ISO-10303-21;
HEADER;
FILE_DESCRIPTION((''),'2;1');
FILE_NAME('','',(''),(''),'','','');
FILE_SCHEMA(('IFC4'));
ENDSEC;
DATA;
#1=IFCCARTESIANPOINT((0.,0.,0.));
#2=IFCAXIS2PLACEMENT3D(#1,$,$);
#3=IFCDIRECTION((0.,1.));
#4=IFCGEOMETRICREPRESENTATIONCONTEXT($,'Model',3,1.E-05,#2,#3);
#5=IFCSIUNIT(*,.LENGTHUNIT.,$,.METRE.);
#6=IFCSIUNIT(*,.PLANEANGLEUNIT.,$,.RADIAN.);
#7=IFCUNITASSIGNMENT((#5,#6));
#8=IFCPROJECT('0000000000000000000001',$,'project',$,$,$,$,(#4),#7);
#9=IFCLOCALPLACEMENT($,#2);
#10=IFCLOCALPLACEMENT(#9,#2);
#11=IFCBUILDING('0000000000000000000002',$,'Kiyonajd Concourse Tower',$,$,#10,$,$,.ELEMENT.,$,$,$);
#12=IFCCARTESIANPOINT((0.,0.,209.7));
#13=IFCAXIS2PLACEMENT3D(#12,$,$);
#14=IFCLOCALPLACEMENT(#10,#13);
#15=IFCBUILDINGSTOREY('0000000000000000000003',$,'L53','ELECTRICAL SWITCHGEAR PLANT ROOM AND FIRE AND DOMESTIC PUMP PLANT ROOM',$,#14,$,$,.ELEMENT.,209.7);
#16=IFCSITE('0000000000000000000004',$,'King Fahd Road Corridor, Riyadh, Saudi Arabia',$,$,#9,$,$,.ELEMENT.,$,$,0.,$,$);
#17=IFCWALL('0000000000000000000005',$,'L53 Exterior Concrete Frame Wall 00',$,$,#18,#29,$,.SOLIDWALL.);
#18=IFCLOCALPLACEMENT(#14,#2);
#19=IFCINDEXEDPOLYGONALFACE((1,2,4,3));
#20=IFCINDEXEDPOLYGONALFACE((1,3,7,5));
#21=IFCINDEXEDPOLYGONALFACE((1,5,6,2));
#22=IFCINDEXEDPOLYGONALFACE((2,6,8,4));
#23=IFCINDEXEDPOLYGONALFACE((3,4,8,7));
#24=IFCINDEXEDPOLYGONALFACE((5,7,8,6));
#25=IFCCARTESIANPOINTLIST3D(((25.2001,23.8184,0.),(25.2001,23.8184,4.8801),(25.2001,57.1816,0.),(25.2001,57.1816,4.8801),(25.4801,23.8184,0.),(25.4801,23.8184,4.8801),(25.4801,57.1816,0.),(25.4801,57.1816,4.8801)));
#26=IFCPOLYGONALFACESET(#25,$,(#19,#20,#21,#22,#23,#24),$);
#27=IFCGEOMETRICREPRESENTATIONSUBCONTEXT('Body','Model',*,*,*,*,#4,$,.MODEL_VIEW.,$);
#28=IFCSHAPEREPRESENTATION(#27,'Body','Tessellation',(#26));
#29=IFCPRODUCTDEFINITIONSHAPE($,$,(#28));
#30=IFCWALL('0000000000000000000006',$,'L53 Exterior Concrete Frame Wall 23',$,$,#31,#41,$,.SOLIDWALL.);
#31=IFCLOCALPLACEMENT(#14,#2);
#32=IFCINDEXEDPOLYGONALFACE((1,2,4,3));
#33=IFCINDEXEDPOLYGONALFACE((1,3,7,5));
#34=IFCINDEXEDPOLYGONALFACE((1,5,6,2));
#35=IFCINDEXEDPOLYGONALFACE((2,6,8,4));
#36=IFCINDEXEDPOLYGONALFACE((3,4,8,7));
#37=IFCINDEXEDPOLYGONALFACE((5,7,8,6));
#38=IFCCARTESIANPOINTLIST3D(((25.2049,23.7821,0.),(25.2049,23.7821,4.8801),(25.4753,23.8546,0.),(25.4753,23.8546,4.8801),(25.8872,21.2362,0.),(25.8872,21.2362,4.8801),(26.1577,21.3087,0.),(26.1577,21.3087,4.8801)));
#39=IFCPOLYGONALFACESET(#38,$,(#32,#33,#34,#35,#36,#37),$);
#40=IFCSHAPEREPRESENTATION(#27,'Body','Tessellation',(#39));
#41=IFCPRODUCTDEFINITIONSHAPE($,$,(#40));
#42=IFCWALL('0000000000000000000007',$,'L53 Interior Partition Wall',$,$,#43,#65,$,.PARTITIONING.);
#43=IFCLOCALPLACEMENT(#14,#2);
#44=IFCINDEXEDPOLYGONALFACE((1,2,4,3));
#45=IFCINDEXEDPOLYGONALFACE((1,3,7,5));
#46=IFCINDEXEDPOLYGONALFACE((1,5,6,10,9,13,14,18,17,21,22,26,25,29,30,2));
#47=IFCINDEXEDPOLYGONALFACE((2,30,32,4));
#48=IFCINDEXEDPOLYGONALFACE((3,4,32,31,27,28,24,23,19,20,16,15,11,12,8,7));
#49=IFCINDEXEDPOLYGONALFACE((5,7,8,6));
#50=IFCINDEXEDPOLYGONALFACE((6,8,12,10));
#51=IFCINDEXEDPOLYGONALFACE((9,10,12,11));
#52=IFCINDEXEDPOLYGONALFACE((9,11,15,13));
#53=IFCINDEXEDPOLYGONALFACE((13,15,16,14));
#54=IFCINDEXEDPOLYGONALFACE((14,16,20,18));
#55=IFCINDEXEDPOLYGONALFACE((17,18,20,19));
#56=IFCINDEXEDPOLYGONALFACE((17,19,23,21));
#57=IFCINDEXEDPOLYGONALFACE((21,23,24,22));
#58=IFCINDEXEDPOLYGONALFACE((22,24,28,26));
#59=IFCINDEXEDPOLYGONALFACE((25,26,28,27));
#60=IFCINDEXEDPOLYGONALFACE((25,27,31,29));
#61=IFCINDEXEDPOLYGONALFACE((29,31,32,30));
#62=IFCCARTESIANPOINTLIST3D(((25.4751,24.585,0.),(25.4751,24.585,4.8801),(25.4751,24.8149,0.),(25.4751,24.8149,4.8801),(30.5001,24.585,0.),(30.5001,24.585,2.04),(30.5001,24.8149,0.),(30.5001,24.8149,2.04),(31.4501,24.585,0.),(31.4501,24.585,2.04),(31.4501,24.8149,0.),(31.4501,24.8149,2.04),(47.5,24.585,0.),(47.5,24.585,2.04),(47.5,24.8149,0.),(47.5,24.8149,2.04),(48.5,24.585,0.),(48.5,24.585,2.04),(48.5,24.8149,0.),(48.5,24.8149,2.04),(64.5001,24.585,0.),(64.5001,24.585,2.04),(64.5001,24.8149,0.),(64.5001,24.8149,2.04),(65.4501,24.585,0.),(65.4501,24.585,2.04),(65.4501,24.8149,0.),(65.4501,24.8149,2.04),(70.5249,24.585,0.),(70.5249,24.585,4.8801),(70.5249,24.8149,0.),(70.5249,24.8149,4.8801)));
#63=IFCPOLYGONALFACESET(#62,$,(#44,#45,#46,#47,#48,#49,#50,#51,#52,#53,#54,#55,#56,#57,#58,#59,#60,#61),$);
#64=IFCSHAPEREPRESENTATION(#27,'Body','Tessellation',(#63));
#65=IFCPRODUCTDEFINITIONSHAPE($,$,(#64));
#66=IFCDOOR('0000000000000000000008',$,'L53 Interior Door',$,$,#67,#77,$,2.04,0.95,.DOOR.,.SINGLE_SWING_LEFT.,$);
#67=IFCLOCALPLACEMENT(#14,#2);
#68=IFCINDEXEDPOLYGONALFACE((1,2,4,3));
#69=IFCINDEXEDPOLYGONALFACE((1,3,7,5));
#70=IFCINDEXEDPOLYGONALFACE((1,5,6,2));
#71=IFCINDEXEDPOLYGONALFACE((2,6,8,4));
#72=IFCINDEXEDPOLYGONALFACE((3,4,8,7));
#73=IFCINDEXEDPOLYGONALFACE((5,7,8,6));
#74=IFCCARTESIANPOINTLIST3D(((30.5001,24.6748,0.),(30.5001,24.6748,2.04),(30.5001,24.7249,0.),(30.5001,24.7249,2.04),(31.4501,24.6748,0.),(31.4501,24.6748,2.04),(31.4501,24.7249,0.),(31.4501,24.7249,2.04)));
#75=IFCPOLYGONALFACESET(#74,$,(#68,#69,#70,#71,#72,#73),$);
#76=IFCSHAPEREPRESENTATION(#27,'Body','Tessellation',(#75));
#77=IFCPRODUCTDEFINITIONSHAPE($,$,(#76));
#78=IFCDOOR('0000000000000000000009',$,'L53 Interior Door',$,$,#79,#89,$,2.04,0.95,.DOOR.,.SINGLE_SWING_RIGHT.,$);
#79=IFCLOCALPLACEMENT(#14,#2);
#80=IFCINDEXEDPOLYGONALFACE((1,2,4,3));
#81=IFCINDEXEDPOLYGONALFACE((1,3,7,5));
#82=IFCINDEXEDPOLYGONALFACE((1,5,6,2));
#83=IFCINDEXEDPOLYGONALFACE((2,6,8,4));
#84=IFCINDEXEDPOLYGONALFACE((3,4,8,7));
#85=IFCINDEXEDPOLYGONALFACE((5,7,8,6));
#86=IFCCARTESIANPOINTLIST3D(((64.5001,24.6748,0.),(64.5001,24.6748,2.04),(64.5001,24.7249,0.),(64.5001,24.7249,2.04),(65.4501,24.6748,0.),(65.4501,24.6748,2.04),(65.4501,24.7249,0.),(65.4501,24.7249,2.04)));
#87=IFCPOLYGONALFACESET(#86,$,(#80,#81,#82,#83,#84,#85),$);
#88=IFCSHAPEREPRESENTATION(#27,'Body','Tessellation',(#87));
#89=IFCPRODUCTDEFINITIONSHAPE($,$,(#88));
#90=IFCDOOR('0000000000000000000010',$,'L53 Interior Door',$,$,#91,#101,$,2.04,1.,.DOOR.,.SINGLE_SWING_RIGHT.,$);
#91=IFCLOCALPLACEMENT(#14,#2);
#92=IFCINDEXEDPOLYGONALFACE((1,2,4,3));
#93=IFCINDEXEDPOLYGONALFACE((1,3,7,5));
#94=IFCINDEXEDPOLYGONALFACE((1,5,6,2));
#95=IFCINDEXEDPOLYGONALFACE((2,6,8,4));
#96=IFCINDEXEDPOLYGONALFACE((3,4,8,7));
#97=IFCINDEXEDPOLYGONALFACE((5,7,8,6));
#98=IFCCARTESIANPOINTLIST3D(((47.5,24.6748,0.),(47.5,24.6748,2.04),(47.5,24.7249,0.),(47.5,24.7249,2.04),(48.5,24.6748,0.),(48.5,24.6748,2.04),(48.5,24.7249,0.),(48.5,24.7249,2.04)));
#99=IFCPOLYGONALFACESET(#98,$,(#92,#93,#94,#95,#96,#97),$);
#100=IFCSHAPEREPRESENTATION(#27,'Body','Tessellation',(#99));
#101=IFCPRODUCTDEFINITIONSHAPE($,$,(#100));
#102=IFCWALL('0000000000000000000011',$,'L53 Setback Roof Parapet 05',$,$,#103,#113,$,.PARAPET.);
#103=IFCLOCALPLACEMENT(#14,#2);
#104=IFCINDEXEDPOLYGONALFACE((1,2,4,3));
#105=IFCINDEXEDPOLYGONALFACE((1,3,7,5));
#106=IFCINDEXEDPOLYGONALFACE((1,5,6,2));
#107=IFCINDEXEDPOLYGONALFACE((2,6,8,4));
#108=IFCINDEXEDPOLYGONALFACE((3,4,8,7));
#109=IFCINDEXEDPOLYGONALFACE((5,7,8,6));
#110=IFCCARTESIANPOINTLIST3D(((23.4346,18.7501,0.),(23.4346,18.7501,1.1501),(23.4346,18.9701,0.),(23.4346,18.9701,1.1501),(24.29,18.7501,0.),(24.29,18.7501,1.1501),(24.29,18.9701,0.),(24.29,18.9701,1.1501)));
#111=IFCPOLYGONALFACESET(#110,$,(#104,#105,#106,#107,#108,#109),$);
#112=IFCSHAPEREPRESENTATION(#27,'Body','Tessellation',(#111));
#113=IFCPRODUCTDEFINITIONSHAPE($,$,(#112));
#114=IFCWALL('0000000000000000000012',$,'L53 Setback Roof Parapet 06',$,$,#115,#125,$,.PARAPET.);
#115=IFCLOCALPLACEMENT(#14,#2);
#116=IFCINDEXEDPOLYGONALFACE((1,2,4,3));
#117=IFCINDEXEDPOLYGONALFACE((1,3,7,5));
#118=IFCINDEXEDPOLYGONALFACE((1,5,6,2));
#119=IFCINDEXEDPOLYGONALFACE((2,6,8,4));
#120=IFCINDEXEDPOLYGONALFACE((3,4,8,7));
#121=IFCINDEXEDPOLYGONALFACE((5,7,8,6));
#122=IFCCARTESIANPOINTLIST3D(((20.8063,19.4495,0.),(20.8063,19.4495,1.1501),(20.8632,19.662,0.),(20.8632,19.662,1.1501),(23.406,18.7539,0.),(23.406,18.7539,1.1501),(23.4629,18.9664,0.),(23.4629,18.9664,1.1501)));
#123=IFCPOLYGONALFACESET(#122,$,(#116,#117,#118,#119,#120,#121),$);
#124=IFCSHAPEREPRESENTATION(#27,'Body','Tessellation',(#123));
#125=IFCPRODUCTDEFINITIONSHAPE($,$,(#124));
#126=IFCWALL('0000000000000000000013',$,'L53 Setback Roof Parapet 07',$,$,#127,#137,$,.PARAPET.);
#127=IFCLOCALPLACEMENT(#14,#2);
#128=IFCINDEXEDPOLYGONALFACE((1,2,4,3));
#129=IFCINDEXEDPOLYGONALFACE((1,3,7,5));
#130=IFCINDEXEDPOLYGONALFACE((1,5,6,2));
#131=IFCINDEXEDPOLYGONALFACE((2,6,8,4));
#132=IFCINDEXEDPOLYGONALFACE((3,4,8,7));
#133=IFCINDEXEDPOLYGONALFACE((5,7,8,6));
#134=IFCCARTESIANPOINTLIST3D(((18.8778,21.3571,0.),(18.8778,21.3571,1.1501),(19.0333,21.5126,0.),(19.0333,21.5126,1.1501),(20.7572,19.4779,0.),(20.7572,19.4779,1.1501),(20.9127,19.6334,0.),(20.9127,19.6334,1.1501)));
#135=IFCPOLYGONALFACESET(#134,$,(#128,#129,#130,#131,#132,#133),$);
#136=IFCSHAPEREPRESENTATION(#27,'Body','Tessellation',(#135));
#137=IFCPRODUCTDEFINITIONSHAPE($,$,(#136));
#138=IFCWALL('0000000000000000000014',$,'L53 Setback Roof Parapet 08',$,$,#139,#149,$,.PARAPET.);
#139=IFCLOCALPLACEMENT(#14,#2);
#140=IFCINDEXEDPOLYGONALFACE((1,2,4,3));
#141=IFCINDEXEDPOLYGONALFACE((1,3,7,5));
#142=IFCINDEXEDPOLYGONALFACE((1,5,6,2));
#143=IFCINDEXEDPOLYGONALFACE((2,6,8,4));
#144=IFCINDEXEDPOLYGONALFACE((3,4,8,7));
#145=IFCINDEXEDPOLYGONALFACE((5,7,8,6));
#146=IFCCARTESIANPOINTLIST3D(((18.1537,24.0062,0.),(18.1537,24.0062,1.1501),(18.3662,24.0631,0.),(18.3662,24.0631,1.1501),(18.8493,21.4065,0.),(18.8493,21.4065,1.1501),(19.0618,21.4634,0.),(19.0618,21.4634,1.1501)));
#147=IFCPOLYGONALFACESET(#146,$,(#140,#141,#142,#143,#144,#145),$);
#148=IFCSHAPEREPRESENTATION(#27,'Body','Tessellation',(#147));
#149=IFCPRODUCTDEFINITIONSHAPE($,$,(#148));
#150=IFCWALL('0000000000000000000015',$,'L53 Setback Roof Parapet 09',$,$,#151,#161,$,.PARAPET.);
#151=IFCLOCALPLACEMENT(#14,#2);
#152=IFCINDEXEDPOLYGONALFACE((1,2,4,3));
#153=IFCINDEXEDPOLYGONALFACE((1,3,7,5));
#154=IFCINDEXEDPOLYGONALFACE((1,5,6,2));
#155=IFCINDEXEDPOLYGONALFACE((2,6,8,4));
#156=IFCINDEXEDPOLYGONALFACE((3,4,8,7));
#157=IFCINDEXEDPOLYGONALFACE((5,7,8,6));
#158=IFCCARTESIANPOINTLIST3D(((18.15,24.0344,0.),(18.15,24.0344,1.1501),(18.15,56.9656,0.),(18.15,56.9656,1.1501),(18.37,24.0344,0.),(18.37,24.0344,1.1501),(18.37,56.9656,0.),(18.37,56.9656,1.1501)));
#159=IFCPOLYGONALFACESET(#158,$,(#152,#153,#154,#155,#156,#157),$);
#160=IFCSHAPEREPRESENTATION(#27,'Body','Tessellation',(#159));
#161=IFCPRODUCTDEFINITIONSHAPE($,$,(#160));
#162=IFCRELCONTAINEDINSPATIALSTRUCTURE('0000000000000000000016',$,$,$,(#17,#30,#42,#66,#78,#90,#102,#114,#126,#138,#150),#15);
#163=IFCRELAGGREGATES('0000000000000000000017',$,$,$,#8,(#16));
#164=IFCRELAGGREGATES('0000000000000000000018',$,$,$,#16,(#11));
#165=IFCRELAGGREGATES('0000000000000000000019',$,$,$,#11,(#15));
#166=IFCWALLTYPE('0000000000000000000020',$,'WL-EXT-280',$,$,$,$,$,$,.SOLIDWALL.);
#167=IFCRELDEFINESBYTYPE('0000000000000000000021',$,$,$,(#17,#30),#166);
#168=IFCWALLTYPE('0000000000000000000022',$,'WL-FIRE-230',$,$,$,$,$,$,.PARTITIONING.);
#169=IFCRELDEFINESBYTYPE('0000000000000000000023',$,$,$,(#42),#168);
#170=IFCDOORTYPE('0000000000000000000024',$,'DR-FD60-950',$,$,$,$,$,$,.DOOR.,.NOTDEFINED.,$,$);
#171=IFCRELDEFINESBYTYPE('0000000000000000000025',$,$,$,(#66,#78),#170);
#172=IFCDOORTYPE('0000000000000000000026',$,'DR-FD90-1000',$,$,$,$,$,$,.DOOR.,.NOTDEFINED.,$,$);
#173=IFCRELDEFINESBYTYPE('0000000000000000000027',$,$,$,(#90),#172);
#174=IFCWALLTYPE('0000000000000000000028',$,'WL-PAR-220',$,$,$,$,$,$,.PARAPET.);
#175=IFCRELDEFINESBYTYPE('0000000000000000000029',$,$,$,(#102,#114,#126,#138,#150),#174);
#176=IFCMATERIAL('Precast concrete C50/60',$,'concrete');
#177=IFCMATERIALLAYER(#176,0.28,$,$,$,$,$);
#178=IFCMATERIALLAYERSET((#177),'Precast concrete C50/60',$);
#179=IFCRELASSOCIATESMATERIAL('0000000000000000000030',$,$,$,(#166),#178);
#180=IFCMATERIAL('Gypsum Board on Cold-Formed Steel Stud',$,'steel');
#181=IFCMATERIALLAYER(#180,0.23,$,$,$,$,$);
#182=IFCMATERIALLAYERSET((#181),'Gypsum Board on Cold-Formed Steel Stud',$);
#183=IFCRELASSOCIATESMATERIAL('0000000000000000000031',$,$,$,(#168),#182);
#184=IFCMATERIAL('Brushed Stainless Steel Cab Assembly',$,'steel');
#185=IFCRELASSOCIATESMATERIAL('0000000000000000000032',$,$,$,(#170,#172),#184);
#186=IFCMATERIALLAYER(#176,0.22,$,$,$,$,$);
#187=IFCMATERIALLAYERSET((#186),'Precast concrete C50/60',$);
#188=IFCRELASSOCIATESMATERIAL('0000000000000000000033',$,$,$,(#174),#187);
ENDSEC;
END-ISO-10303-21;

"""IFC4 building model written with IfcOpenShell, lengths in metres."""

from ifc_helpers import new_model, si_unit, direction, frame, frame_2d, origin, place, context, subcontext, project, spatial, rectangle, extrude, material, layer, layer_set, type_object, element, fill, save


model = new_model("IFC4")

# Units and contexts
model_context = context("Model", 3, precision=1e-05, world=origin(), true_north=direction((0.0, 1.0)))
body_context = subcontext(model_context, "Body", "Model", "MODEL_VIEW")
ifc_project = project(units=[si_unit("LENGTHUNIT", "METRE"), si_unit("PLANEANGLEUNIT", "RADIAN")], contexts=[model_context])

# Site, building, storey
site_placement = place(None, origin())
site = spatial("IfcSite", under=ifc_project, at=site_placement, Name="King Fahd Road Corridor, Riyadh, Saudi Arabia", CompositionType="ELEMENT", RefElevation=0.0)
building_placement = place(site_placement, origin())
building = spatial("IfcBuilding", under=site, at=building_placement, Name="Kiyonajd Concourse Tower", CompositionType="ELEMENT")
storey_placement = place(building_placement, frame((0.0, 0.0, 209.7)))
storey = spatial("IfcBuildingStorey", under=building, at=storey_placement, Name="L53", Description="ELECTRICAL SWITCHGEAR PLANT ROOM AND FIRE AND DOMESTIC PUMP PLANT ROOM", CompositionType="ELEMENT", Elevation=209.7)

# Walls
ifc_material_1 = material(Name="Precast concrete C50/60", Category="concrete")
ifc_layer_1 = layer(ifc_material_1, 0.28)
ifc_layer_set_1 = layer_set([ifc_layer_1], Name="Precast concrete C50/60")
wall_type_1 = type_object("IfcWallType", Name="WL-EXT-280", PredefinedType="SOLIDWALL", material=ifc_layer_set_1)
wall_1_placement = place(storey_placement, frame((25.3401, 23.8184, 0.0), z_axis=(0.0, 0.0, 1.0), x_axis=(0.0, 1.0, 0.0)))
element("IfcWall", 1, at=wall_1_placement, inside=storey, type_object=wall_type_1, Name="L53 Exterior Concrete Frame Wall 00", PredefinedType="SOLIDWALL", context=body_context, shape_type="SweptSolid", body=[
    extrude(rectangle(XDim=33.3633, YDim=0.28, at=frame_2d((16.6816, 0.0))), origin(), (0.0, 0.0, 1.0), 4.8801),
])
wall_2_placement = place(storey_placement, frame((26.0225, 21.2725, 0.0), z_axis=(0.0, 0.0, 1.0), x_axis=(-0.25889, 0.965907, 0.0)))
element("IfcWall", 2, at=wall_2_placement, inside=storey, type_object=wall_type_1, Name="L53 Exterior Concrete Frame Wall 23", PredefinedType="SOLIDWALL", context=body_context, shape_type="SweptSolid", body=[
    extrude(rectangle(XDim=2.6357, YDim=0.28, at=frame_2d((1.3179, 0.0))), origin(), (0.0, 0.0, 1.0), 4.8801),
])

# Wall, openings, doors
ifc_material_2 = material(Name="Gypsum Board on Cold-Formed Steel Stud", Category="steel")
ifc_layer_2 = layer(ifc_material_2, 0.23)
ifc_layer_set_2 = layer_set([ifc_layer_2], Name="Gypsum Board on Cold-Formed Steel Stud")
wall_type_2 = type_object("IfcWallType", Name="WL-FIRE-230", PredefinedType="PARTITIONING", material=ifc_layer_set_2)
wall_3_placement = place(storey_placement, frame((25.4751, 24.7, 0.0), z_axis=(0.0, 0.0, 1.0), x_axis=(1.0, 0.0, 0.0)))
wall_3 = element("IfcWall", 3, at=wall_3_placement, inside=storey, type_object=wall_type_2, Name="L53 Interior Partition Wall", PredefinedType="PARTITIONING", context=body_context, shape_type="SweptSolid", body=[
    extrude(rectangle(XDim=45.0498, YDim=0.23, at=frame_2d((22.5249, 0.0))), origin(), (0.0, 0.0, 1.0), 4.8801),
])
opening_1_placement = place(wall_3_placement, frame((22.0249, 0.0, 0.0)))
opening_1 = element("IfcOpeningElement", 4, at=opening_1_placement, cuts=wall_3, PredefinedType="OPENING", context=body_context, shape_type="SweptSolid", body=[
    extrude(rectangle(XDim=1.0, YDim=2.04, at=frame_2d((0.5, 1.02))), frame((0.0, 0.125, 0.0), z_axis=(0.0, -1.0, 0.0), x_axis=(1.0, 0.0, 0.0)), (0.0, 0.0, 1.0), 0.25),
])
opening_2_placement = place(wall_3_placement, frame((5.0249, 0.0, 0.0)))
opening_2 = element("IfcOpeningElement", 5, at=opening_2_placement, cuts=wall_3, PredefinedType="OPENING", context=body_context, shape_type="SweptSolid", body=[
    extrude(rectangle(XDim=0.95, YDim=2.04, at=frame_2d((0.4751, 1.02))), frame((0.0, 0.125, 0.0), z_axis=(0.0, -1.0, 0.0), x_axis=(1.0, 0.0, 0.0)), (0.0, 0.0, 1.0), 0.25),
])
opening_3_placement = place(wall_3_placement, frame((39.0249, 0.0, 0.0)))
opening_3 = element("IfcOpeningElement", 6, at=opening_3_placement, cuts=wall_3, PredefinedType="OPENING", context=body_context, shape_type="SweptSolid", body=[
    extrude(rectangle(XDim=0.95, YDim=2.04, at=frame_2d((0.4751, 1.02))), frame((0.0, 0.125, 0.0), z_axis=(0.0, -1.0, 0.0), x_axis=(1.0, 0.0, 0.0)), (0.0, 0.0, 1.0), 0.25),
])
ifc_material_3 = material(Name="Brushed Stainless Steel Cab Assembly", Category="steel")
door_type_1 = type_object("IfcDoorType", Name="DR-FD60-950", OperationType="NOTDEFINED", PredefinedType="DOOR", material=ifc_material_3)
door_1_placement = place(opening_2_placement, origin())
door_1 = element("IfcDoor", 7, at=door_1_placement, inside=storey, type_object=door_type_1, Name="L53 Interior Door", OperationType="SINGLE_SWING_LEFT", OverallHeight=2.04, OverallWidth=0.95, PredefinedType="DOOR", context=body_context, shape_type="SweptSolid", body=[
    extrude(rectangle(XDim=0.95, YDim=2.04, at=frame_2d((0.4751, 1.02))), frame((0.0, 0.0249, 0.0), z_axis=(0.0, -1.0, 0.0), x_axis=(1.0, 0.0, 0.0)), (0.0, 0.0, 1.0), 0.05),
])
fill(opening_2, door_1)
door_2_placement = place(opening_3_placement, origin())
door_2 = element("IfcDoor", 8, at=door_2_placement, inside=storey, type_object=door_type_1, Name="L53 Interior Door", OperationType="SINGLE_SWING_RIGHT", OverallHeight=2.04, OverallWidth=0.95, PredefinedType="DOOR", context=body_context, shape_type="SweptSolid", body=[
    extrude(rectangle(XDim=0.95, YDim=2.04, at=frame_2d((0.4751, 1.02))), frame((0.0, 0.0249, 0.0), z_axis=(0.0, -1.0, 0.0), x_axis=(1.0, 0.0, 0.0)), (0.0, 0.0, 1.0), 0.05),
])
fill(opening_3, door_2)
door_type_2 = type_object("IfcDoorType", Name="DR-FD90-1000", OperationType="NOTDEFINED", PredefinedType="DOOR", material=ifc_material_3)
door_3_placement = place(opening_1_placement, origin())
door_3 = element("IfcDoor", 9, at=door_3_placement, inside=storey, type_object=door_type_2, Name="L53 Interior Door", OperationType="SINGLE_SWING_RIGHT", OverallHeight=2.04, OverallWidth=1.0, PredefinedType="DOOR", context=body_context, shape_type="SweptSolid", body=[
    extrude(rectangle(XDim=1.0, YDim=2.04, at=frame_2d((0.5, 1.02))), frame((0.0, 0.0249, 0.0), z_axis=(0.0, -1.0, 0.0), x_axis=(1.0, 0.0, 0.0)), (0.0, 0.0, 1.0), 0.05),
])
fill(opening_1, door_3)

# Walls
ifc_layer_3 = layer(ifc_material_1, 0.22)
ifc_layer_set_3 = layer_set([ifc_layer_3], Name="Precast concrete C50/60")
wall_type_3 = type_object("IfcWallType", Name="WL-PAR-220", PredefinedType="PARAPET", material=ifc_layer_set_3)
wall_4_placement = place(storey_placement, frame((24.29, 18.8601, 0.0), z_axis=(0.0, 0.0, 1.0), x_axis=(-1.0, 0.0, 0.0)))
element("IfcWall", 10, at=wall_4_placement, inside=storey, type_object=wall_type_3, Name="L53 Setback Roof Parapet 05", PredefinedType="PARAPET", context=body_context, shape_type="SweptSolid", body=[
    extrude(rectangle(XDim=0.8555, YDim=0.22, at=frame_2d((0.4277, 0.0))), origin(), (0.0, 0.0, 1.0), 1.1501),
])
wall_5_placement = place(storey_placement, frame((23.4346, 18.8601, 0.0), z_axis=(0.0, 0.0, 1.0), x_axis=(-0.966019, 0.25847, 0.0)))
element("IfcWall", 11, at=wall_5_placement, inside=storey, type_object=wall_type_3, Name="L53 Setback Roof Parapet 06", PredefinedType="PARAPET", context=body_context, shape_type="SweptSolid", body=[
    extrude(rectangle(XDim=2.6912, YDim=0.22, at=frame_2d((1.3457, 0.0))), origin(), (0.0, 0.0, 1.0), 1.1501),
])
wall_6_placement = place(storey_placement, frame((20.835, 19.5557, 0.0), z_axis=(0.0, 0.0, 1.0), x_axis=(-0.707153, 0.707061, 0.0)))
element("IfcWall", 12, at=wall_6_placement, inside=storey, type_object=wall_type_3, Name="L53 Setback Roof Parapet 07", PredefinedType="PARAPET", context=body_context, shape_type="SweptSolid", body=[
    extrude(rectangle(XDim=2.6577, YDim=0.22, at=frame_2d((1.3289, 0.0))), origin(), (0.0, 0.0, 1.0), 1.1501),
])
wall_7_placement = place(storey_placement, frame((18.9556, 21.4348, 0.0), z_axis=(0.0, 0.0, 1.0), x_axis=(-0.25847, 0.966019, 0.0)))
element("IfcWall", 13, at=wall_7_placement, inside=storey, type_object=wall_type_3, Name="L53 Setback Roof Parapet 08", PredefinedType="PARAPET", context=body_context, shape_type="SweptSolid", body=[
    extrude(rectangle(XDim=2.6912, YDim=0.22, at=frame_2d((1.3457, 0.0))), origin(), (0.0, 0.0, 1.0), 1.1501),
])
wall_8_placement = place(storey_placement, frame((18.26, 24.0344, 0.0), z_axis=(0.0, 0.0, 1.0), x_axis=(0.0, 1.0, 0.0)))
element("IfcWall", 14, at=wall_8_placement, inside=storey, type_object=wall_type_3, Name="L53 Setback Roof Parapet 09", PredefinedType="PARAPET", context=body_context, shape_type="SweptSolid", body=[
    extrude(rectangle(XDim=32.9312, YDim=0.22, at=frame_2d((16.4656, 0.0))), origin(), (0.0, 0.0, 1.0), 1.1501),
])

save(model, "model.ifc")
